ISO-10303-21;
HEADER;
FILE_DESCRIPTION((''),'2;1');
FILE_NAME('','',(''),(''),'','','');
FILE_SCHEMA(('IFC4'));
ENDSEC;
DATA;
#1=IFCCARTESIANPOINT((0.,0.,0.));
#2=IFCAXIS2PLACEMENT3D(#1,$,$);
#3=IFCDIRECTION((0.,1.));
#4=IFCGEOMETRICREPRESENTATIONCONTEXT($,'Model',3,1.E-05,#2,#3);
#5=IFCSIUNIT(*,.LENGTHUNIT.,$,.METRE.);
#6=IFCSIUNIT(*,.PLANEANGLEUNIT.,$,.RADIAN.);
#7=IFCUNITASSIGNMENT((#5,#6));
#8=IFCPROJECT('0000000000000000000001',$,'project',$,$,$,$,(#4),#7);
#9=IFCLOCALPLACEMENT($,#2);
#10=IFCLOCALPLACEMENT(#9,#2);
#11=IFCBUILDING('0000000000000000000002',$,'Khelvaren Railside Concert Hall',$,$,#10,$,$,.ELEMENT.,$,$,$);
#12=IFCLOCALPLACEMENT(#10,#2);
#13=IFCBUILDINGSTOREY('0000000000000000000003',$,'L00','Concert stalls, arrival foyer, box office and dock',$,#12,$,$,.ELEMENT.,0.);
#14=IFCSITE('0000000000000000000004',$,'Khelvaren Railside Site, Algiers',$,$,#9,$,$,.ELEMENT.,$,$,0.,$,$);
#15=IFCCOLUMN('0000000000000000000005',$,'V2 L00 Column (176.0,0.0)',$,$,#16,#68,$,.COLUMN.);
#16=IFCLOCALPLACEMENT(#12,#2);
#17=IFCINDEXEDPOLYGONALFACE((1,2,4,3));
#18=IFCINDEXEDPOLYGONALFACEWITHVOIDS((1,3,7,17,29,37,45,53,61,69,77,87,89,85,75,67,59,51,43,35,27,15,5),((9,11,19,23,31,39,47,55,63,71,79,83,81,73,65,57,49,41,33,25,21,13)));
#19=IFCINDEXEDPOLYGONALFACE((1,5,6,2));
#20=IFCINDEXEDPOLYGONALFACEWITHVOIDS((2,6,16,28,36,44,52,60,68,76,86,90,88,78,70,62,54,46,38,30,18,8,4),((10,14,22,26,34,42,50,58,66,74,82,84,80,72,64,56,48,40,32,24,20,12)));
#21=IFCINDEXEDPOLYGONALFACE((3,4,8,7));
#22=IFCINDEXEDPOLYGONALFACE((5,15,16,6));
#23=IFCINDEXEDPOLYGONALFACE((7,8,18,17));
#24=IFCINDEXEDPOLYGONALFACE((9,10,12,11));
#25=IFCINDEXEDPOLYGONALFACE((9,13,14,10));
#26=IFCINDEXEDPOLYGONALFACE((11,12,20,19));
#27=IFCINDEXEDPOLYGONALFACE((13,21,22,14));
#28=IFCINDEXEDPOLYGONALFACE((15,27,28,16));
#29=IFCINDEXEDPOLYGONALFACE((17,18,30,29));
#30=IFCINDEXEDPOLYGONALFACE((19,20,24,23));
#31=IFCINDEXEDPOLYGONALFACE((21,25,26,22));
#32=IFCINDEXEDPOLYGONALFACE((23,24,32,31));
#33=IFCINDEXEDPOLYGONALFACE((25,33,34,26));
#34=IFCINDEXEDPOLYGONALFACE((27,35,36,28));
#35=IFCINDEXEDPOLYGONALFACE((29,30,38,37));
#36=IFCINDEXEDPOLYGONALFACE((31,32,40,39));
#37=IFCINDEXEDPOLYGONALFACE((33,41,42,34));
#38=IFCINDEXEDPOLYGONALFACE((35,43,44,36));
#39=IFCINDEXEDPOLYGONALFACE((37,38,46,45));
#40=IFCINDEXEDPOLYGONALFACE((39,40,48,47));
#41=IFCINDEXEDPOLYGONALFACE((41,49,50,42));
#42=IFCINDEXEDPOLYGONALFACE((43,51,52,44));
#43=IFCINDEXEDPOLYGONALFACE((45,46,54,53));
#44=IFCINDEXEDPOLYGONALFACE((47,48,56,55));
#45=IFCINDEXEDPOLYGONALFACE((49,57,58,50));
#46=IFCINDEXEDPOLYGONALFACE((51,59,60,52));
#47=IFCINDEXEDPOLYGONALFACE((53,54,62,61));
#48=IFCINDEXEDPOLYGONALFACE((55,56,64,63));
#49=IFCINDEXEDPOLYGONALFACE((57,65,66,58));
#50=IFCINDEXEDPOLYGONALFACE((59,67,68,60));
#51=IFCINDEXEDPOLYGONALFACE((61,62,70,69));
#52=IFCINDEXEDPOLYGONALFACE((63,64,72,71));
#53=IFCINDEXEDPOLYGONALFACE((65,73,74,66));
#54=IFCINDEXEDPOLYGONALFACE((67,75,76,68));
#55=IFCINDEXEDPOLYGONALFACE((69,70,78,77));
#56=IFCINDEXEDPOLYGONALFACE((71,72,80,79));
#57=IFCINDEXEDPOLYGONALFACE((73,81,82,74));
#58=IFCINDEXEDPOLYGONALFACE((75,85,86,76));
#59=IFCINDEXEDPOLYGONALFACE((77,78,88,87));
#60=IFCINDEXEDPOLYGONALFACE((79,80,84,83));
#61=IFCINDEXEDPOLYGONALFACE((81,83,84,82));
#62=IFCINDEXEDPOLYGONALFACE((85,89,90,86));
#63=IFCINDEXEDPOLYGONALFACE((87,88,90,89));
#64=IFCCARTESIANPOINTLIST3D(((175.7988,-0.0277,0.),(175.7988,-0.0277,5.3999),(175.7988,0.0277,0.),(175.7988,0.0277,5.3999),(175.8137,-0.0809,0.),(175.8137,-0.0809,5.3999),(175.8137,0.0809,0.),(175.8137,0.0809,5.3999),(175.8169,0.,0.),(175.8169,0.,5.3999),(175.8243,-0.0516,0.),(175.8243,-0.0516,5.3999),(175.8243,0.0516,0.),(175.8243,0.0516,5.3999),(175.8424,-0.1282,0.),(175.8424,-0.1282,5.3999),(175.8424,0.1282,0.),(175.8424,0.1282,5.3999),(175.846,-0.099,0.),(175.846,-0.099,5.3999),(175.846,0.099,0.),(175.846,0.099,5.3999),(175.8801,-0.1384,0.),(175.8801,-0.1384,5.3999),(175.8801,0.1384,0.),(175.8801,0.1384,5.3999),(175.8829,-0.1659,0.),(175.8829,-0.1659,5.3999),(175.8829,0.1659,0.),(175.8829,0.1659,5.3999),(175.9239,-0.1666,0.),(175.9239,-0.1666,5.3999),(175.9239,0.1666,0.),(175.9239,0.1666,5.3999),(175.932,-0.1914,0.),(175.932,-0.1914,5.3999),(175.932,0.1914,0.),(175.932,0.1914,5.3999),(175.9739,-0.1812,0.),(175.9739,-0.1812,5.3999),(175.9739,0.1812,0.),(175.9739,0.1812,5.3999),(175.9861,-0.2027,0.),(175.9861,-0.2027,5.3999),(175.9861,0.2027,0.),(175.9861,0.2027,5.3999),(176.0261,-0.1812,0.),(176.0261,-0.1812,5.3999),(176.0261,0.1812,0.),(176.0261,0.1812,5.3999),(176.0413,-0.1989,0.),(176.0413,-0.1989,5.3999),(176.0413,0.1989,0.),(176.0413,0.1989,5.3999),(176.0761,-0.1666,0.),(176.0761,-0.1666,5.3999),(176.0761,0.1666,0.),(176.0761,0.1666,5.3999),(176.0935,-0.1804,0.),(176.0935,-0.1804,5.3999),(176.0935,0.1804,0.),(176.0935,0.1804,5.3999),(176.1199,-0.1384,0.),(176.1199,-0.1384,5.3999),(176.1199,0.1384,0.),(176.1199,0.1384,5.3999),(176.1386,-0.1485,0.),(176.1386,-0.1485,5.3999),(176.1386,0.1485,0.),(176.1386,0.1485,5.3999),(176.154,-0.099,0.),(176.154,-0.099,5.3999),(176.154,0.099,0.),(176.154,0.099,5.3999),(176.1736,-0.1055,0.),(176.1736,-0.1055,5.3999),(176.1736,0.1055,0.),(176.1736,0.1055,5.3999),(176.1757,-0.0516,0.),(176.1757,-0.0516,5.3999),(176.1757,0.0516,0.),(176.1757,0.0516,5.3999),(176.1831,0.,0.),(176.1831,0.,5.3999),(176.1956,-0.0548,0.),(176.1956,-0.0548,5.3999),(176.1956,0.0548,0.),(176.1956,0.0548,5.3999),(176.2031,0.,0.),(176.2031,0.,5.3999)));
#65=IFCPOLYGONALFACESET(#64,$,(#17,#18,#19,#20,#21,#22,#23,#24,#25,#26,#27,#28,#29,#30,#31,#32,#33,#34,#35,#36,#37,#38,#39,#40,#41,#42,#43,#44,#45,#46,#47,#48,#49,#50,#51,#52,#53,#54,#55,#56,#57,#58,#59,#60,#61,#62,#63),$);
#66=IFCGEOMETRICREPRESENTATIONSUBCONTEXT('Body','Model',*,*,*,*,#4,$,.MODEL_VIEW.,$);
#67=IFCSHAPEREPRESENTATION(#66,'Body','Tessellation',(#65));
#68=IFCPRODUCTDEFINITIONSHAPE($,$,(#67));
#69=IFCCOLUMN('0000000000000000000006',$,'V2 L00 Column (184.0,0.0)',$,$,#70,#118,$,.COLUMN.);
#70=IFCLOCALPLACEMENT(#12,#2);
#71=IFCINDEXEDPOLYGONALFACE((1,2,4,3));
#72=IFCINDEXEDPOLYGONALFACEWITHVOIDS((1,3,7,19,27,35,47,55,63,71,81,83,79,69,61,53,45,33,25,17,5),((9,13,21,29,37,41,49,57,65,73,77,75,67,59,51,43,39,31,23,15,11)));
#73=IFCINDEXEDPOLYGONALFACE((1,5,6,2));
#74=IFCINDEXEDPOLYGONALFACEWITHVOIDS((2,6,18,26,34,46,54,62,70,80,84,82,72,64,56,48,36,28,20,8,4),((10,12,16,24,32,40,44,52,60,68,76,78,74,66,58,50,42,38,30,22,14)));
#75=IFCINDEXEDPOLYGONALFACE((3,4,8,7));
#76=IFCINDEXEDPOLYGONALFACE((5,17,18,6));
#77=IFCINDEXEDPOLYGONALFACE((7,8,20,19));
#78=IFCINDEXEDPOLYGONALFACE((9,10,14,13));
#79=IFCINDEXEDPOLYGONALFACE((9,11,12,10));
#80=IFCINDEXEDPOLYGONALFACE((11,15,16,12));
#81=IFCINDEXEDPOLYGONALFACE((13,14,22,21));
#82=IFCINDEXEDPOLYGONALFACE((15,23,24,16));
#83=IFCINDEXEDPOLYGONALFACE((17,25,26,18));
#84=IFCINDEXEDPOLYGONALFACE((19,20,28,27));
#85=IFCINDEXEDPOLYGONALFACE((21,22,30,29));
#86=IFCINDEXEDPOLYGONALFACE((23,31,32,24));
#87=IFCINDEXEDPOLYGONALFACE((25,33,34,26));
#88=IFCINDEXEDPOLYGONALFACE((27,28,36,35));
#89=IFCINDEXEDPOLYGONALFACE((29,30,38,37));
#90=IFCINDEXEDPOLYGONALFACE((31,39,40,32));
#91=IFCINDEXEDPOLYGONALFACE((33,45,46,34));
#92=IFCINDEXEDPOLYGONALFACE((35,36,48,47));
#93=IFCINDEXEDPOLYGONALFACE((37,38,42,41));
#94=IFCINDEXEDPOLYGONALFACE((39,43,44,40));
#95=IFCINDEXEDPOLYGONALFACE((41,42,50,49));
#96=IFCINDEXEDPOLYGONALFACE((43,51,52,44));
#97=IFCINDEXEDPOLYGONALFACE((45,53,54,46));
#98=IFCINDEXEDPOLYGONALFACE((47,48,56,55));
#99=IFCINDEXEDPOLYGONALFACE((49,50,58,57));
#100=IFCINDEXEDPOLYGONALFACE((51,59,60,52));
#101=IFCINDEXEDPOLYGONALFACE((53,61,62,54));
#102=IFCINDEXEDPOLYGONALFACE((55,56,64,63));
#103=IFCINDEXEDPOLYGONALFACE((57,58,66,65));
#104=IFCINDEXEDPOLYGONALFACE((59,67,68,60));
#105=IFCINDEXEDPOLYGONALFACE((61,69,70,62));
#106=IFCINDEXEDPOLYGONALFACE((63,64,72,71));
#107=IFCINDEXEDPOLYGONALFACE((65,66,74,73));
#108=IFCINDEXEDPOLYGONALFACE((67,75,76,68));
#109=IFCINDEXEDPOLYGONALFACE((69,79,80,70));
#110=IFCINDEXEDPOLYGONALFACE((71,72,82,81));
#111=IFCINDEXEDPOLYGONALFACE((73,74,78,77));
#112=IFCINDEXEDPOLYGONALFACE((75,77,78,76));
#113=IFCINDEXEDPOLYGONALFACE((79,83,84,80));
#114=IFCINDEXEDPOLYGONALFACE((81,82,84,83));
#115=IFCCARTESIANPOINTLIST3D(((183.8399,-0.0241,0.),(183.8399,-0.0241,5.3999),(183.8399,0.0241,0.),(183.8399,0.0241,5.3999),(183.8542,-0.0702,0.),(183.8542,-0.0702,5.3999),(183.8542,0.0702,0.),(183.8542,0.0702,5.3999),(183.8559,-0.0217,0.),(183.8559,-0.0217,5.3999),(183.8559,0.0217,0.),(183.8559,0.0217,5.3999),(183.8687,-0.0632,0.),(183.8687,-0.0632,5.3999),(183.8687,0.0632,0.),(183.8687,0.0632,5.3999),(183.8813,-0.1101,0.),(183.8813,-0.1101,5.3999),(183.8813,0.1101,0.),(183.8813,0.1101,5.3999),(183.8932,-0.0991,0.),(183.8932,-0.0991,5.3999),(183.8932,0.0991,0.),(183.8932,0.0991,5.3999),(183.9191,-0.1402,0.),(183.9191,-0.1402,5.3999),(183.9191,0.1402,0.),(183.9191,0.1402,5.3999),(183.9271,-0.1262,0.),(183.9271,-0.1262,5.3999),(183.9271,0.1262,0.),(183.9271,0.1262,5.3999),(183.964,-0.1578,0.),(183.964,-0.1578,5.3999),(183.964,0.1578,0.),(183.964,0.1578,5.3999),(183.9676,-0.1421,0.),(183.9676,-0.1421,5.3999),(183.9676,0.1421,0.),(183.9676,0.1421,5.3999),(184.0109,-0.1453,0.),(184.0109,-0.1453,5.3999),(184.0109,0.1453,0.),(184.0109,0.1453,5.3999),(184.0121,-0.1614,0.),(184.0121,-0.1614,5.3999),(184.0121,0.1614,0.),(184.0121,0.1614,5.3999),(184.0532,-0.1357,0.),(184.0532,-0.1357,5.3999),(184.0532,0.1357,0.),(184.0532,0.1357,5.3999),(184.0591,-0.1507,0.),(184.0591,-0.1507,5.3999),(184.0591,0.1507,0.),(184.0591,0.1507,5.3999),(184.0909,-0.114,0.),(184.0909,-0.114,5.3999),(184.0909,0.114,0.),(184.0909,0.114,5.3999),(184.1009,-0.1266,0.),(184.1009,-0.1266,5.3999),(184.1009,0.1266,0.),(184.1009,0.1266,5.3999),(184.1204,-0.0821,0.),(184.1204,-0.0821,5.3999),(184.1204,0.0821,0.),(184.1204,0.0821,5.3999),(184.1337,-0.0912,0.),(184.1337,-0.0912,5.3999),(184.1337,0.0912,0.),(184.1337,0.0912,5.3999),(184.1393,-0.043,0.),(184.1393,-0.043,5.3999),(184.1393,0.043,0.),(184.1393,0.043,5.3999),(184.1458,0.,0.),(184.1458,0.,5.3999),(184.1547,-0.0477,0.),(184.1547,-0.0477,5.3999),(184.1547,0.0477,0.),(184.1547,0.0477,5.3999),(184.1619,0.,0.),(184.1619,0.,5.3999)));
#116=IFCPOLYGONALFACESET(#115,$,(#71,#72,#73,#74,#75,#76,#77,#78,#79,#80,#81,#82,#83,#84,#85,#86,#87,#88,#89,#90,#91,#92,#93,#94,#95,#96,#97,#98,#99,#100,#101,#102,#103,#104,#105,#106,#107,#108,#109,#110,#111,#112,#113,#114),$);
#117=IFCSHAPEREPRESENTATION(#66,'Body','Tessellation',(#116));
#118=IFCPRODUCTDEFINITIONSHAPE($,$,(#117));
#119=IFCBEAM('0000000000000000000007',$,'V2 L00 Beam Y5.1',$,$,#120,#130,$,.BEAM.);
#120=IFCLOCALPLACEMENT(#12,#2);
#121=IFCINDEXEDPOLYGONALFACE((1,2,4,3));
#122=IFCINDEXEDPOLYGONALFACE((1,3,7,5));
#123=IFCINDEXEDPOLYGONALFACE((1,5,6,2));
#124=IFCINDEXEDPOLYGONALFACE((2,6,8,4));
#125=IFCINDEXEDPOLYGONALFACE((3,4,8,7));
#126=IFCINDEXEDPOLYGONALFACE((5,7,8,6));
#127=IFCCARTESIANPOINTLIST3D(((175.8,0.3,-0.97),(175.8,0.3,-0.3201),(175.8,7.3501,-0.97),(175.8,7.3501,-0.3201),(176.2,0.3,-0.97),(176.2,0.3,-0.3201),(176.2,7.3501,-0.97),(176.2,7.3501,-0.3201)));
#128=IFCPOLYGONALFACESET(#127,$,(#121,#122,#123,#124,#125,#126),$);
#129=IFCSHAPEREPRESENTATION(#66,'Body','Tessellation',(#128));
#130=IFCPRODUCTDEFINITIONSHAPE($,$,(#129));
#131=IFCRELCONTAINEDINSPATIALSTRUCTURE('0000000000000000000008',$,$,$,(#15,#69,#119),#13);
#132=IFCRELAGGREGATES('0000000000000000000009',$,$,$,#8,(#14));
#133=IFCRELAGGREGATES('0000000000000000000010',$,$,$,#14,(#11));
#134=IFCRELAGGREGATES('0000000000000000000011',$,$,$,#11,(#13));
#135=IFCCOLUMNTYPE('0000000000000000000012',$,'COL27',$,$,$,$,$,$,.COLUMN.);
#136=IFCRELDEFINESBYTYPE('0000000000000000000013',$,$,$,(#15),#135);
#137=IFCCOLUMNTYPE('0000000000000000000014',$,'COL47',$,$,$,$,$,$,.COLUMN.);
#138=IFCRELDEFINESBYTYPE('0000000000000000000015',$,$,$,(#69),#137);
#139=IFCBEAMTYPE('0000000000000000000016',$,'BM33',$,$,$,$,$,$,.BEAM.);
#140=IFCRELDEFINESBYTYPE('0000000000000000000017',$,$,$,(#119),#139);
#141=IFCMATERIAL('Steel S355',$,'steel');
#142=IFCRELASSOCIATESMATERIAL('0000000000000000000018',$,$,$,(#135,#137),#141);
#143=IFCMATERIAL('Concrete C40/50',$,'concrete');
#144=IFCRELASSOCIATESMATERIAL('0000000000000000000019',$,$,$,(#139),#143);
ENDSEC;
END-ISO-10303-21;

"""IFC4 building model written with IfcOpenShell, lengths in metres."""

from ifc_helpers import new_model, si_unit, direction, frame, origin, origin_2d, place, context, subcontext, project, spatial, rectangle, hollow_circle, extrude, material, material_profile, profile_set, type_object, element, save


model = new_model("IFC4")

# Units and contexts
model_context = context("Model", 3, precision=1e-05, world=origin(), true_north=direction((0.0, 1.0)))
body_context = subcontext(model_context, "Body", "Model", "MODEL_VIEW")
ifc_project = project(units=[si_unit("LENGTHUNIT", "METRE"), si_unit("PLANEANGLEUNIT", "RADIAN")], contexts=[model_context])

# Site, building, storey
site_placement = place(None, origin())
site = spatial("IfcSite", under=ifc_project, at=site_placement, Name="Khelvaren Railside Site, Algiers", CompositionType="ELEMENT", RefElevation=0.0)
building_placement = place(site_placement, origin())
building = spatial("IfcBuilding", under=site, at=building_placement, Name="Khelvaren Railside Concert Hall", CompositionType="ELEMENT")
storey_placement = place(building_placement, origin())
storey = spatial("IfcBuildingStorey", under=building, at=storey_placement, Name="L00", Description="Concert stalls, arrival foyer, box office and dock", CompositionType="ELEMENT", Elevation=0.0)

# Columns
ifc_material_1 = material(Name="Steel S355", Category="steel")
ifc_material_profile_1 = material_profile(ifc_material_1, hollow_circle(Radius=0.2031, WallThickness=0.02, at=origin_2d()), Name="CHS 406.4x20")
ifc_profile_set_1 = profile_set([ifc_material_profile_1], Name="Steel S355")
column_type_1 = type_object("IfcColumnType", Name="COL27", PredefinedType="COLUMN", material=ifc_profile_set_1)
column_1_placement = place(storey_placement, frame((176.0, 0.0, 0.0), z_axis=(0.0, 0.0, 1.0), x_axis=(1.0, 0.0, 0.0)))
element("IfcColumn", 1, at=column_1_placement, inside=storey, type_object=column_type_1, Name="V2 L00 Column (176.0,0.0)", PredefinedType="COLUMN", context=body_context, shape_type="SweptSolid", body=[
    extrude(hollow_circle(Radius=0.2031, WallThickness=0.02, at=origin_2d()), origin(), (0.0, 0.0, 1.0), 5.3999),
])
ifc_material_profile_2 = material_profile(ifc_material_1, hollow_circle(Radius=0.1619, WallThickness=0.0161, at=origin_2d()), Name="CHS 323.9x16")
ifc_profile_set_2 = profile_set([ifc_material_profile_2], Name="Steel S355")
column_type_2 = type_object("IfcColumnType", Name="COL47", PredefinedType="COLUMN", material=ifc_profile_set_2)
column_2_placement = place(storey_placement, frame((184.0, 0.0, 0.0), z_axis=(0.0, 0.0, 1.0), x_axis=(1.0, 0.0, 0.0)))
element("IfcColumn", 2, at=column_2_placement, inside=storey, type_object=column_type_2, Name="V2 L00 Column (184.0,0.0)", PredefinedType="COLUMN", context=body_context, shape_type="SweptSolid", body=[
    extrude(hollow_circle(Radius=0.1619, WallThickness=0.0161, at=origin_2d()), origin(), (0.0, 0.0, 1.0), 5.3999),
])

# Beam
ifc_material_2 = material(Name="Concrete C40/50", Category="concrete")
ifc_material_profile_3 = material_profile(ifc_material_2, rectangle(XDim=0.3999, YDim=0.6499, at=origin_2d()), Name="RCB 400x650")
ifc_profile_set_3 = profile_set([ifc_material_profile_3], Name="Concrete C40/50")
beam_type_1 = type_object("IfcBeamType", Name="BM33", PredefinedType="BEAM", material=ifc_profile_set_3)
beam_1_placement = place(storey_placement, frame((176.0, 0.3, -0.645), z_axis=(0.0, 1.0, 0.0), x_axis=(-1.0, 0.0, 0.0)))
element("IfcBeam", 3, at=beam_1_placement, inside=storey, type_object=beam_type_1, Name="V2 L00 Beam Y5.1", PredefinedType="BEAM", context=body_context, shape_type="SweptSolid", body=[
    extrude(rectangle(XDim=0.3999, YDim=0.6499, at=origin_2d()), origin(), (0.0, 0.0, 1.0), 7.05),
])

save(model, "model.ifc")
